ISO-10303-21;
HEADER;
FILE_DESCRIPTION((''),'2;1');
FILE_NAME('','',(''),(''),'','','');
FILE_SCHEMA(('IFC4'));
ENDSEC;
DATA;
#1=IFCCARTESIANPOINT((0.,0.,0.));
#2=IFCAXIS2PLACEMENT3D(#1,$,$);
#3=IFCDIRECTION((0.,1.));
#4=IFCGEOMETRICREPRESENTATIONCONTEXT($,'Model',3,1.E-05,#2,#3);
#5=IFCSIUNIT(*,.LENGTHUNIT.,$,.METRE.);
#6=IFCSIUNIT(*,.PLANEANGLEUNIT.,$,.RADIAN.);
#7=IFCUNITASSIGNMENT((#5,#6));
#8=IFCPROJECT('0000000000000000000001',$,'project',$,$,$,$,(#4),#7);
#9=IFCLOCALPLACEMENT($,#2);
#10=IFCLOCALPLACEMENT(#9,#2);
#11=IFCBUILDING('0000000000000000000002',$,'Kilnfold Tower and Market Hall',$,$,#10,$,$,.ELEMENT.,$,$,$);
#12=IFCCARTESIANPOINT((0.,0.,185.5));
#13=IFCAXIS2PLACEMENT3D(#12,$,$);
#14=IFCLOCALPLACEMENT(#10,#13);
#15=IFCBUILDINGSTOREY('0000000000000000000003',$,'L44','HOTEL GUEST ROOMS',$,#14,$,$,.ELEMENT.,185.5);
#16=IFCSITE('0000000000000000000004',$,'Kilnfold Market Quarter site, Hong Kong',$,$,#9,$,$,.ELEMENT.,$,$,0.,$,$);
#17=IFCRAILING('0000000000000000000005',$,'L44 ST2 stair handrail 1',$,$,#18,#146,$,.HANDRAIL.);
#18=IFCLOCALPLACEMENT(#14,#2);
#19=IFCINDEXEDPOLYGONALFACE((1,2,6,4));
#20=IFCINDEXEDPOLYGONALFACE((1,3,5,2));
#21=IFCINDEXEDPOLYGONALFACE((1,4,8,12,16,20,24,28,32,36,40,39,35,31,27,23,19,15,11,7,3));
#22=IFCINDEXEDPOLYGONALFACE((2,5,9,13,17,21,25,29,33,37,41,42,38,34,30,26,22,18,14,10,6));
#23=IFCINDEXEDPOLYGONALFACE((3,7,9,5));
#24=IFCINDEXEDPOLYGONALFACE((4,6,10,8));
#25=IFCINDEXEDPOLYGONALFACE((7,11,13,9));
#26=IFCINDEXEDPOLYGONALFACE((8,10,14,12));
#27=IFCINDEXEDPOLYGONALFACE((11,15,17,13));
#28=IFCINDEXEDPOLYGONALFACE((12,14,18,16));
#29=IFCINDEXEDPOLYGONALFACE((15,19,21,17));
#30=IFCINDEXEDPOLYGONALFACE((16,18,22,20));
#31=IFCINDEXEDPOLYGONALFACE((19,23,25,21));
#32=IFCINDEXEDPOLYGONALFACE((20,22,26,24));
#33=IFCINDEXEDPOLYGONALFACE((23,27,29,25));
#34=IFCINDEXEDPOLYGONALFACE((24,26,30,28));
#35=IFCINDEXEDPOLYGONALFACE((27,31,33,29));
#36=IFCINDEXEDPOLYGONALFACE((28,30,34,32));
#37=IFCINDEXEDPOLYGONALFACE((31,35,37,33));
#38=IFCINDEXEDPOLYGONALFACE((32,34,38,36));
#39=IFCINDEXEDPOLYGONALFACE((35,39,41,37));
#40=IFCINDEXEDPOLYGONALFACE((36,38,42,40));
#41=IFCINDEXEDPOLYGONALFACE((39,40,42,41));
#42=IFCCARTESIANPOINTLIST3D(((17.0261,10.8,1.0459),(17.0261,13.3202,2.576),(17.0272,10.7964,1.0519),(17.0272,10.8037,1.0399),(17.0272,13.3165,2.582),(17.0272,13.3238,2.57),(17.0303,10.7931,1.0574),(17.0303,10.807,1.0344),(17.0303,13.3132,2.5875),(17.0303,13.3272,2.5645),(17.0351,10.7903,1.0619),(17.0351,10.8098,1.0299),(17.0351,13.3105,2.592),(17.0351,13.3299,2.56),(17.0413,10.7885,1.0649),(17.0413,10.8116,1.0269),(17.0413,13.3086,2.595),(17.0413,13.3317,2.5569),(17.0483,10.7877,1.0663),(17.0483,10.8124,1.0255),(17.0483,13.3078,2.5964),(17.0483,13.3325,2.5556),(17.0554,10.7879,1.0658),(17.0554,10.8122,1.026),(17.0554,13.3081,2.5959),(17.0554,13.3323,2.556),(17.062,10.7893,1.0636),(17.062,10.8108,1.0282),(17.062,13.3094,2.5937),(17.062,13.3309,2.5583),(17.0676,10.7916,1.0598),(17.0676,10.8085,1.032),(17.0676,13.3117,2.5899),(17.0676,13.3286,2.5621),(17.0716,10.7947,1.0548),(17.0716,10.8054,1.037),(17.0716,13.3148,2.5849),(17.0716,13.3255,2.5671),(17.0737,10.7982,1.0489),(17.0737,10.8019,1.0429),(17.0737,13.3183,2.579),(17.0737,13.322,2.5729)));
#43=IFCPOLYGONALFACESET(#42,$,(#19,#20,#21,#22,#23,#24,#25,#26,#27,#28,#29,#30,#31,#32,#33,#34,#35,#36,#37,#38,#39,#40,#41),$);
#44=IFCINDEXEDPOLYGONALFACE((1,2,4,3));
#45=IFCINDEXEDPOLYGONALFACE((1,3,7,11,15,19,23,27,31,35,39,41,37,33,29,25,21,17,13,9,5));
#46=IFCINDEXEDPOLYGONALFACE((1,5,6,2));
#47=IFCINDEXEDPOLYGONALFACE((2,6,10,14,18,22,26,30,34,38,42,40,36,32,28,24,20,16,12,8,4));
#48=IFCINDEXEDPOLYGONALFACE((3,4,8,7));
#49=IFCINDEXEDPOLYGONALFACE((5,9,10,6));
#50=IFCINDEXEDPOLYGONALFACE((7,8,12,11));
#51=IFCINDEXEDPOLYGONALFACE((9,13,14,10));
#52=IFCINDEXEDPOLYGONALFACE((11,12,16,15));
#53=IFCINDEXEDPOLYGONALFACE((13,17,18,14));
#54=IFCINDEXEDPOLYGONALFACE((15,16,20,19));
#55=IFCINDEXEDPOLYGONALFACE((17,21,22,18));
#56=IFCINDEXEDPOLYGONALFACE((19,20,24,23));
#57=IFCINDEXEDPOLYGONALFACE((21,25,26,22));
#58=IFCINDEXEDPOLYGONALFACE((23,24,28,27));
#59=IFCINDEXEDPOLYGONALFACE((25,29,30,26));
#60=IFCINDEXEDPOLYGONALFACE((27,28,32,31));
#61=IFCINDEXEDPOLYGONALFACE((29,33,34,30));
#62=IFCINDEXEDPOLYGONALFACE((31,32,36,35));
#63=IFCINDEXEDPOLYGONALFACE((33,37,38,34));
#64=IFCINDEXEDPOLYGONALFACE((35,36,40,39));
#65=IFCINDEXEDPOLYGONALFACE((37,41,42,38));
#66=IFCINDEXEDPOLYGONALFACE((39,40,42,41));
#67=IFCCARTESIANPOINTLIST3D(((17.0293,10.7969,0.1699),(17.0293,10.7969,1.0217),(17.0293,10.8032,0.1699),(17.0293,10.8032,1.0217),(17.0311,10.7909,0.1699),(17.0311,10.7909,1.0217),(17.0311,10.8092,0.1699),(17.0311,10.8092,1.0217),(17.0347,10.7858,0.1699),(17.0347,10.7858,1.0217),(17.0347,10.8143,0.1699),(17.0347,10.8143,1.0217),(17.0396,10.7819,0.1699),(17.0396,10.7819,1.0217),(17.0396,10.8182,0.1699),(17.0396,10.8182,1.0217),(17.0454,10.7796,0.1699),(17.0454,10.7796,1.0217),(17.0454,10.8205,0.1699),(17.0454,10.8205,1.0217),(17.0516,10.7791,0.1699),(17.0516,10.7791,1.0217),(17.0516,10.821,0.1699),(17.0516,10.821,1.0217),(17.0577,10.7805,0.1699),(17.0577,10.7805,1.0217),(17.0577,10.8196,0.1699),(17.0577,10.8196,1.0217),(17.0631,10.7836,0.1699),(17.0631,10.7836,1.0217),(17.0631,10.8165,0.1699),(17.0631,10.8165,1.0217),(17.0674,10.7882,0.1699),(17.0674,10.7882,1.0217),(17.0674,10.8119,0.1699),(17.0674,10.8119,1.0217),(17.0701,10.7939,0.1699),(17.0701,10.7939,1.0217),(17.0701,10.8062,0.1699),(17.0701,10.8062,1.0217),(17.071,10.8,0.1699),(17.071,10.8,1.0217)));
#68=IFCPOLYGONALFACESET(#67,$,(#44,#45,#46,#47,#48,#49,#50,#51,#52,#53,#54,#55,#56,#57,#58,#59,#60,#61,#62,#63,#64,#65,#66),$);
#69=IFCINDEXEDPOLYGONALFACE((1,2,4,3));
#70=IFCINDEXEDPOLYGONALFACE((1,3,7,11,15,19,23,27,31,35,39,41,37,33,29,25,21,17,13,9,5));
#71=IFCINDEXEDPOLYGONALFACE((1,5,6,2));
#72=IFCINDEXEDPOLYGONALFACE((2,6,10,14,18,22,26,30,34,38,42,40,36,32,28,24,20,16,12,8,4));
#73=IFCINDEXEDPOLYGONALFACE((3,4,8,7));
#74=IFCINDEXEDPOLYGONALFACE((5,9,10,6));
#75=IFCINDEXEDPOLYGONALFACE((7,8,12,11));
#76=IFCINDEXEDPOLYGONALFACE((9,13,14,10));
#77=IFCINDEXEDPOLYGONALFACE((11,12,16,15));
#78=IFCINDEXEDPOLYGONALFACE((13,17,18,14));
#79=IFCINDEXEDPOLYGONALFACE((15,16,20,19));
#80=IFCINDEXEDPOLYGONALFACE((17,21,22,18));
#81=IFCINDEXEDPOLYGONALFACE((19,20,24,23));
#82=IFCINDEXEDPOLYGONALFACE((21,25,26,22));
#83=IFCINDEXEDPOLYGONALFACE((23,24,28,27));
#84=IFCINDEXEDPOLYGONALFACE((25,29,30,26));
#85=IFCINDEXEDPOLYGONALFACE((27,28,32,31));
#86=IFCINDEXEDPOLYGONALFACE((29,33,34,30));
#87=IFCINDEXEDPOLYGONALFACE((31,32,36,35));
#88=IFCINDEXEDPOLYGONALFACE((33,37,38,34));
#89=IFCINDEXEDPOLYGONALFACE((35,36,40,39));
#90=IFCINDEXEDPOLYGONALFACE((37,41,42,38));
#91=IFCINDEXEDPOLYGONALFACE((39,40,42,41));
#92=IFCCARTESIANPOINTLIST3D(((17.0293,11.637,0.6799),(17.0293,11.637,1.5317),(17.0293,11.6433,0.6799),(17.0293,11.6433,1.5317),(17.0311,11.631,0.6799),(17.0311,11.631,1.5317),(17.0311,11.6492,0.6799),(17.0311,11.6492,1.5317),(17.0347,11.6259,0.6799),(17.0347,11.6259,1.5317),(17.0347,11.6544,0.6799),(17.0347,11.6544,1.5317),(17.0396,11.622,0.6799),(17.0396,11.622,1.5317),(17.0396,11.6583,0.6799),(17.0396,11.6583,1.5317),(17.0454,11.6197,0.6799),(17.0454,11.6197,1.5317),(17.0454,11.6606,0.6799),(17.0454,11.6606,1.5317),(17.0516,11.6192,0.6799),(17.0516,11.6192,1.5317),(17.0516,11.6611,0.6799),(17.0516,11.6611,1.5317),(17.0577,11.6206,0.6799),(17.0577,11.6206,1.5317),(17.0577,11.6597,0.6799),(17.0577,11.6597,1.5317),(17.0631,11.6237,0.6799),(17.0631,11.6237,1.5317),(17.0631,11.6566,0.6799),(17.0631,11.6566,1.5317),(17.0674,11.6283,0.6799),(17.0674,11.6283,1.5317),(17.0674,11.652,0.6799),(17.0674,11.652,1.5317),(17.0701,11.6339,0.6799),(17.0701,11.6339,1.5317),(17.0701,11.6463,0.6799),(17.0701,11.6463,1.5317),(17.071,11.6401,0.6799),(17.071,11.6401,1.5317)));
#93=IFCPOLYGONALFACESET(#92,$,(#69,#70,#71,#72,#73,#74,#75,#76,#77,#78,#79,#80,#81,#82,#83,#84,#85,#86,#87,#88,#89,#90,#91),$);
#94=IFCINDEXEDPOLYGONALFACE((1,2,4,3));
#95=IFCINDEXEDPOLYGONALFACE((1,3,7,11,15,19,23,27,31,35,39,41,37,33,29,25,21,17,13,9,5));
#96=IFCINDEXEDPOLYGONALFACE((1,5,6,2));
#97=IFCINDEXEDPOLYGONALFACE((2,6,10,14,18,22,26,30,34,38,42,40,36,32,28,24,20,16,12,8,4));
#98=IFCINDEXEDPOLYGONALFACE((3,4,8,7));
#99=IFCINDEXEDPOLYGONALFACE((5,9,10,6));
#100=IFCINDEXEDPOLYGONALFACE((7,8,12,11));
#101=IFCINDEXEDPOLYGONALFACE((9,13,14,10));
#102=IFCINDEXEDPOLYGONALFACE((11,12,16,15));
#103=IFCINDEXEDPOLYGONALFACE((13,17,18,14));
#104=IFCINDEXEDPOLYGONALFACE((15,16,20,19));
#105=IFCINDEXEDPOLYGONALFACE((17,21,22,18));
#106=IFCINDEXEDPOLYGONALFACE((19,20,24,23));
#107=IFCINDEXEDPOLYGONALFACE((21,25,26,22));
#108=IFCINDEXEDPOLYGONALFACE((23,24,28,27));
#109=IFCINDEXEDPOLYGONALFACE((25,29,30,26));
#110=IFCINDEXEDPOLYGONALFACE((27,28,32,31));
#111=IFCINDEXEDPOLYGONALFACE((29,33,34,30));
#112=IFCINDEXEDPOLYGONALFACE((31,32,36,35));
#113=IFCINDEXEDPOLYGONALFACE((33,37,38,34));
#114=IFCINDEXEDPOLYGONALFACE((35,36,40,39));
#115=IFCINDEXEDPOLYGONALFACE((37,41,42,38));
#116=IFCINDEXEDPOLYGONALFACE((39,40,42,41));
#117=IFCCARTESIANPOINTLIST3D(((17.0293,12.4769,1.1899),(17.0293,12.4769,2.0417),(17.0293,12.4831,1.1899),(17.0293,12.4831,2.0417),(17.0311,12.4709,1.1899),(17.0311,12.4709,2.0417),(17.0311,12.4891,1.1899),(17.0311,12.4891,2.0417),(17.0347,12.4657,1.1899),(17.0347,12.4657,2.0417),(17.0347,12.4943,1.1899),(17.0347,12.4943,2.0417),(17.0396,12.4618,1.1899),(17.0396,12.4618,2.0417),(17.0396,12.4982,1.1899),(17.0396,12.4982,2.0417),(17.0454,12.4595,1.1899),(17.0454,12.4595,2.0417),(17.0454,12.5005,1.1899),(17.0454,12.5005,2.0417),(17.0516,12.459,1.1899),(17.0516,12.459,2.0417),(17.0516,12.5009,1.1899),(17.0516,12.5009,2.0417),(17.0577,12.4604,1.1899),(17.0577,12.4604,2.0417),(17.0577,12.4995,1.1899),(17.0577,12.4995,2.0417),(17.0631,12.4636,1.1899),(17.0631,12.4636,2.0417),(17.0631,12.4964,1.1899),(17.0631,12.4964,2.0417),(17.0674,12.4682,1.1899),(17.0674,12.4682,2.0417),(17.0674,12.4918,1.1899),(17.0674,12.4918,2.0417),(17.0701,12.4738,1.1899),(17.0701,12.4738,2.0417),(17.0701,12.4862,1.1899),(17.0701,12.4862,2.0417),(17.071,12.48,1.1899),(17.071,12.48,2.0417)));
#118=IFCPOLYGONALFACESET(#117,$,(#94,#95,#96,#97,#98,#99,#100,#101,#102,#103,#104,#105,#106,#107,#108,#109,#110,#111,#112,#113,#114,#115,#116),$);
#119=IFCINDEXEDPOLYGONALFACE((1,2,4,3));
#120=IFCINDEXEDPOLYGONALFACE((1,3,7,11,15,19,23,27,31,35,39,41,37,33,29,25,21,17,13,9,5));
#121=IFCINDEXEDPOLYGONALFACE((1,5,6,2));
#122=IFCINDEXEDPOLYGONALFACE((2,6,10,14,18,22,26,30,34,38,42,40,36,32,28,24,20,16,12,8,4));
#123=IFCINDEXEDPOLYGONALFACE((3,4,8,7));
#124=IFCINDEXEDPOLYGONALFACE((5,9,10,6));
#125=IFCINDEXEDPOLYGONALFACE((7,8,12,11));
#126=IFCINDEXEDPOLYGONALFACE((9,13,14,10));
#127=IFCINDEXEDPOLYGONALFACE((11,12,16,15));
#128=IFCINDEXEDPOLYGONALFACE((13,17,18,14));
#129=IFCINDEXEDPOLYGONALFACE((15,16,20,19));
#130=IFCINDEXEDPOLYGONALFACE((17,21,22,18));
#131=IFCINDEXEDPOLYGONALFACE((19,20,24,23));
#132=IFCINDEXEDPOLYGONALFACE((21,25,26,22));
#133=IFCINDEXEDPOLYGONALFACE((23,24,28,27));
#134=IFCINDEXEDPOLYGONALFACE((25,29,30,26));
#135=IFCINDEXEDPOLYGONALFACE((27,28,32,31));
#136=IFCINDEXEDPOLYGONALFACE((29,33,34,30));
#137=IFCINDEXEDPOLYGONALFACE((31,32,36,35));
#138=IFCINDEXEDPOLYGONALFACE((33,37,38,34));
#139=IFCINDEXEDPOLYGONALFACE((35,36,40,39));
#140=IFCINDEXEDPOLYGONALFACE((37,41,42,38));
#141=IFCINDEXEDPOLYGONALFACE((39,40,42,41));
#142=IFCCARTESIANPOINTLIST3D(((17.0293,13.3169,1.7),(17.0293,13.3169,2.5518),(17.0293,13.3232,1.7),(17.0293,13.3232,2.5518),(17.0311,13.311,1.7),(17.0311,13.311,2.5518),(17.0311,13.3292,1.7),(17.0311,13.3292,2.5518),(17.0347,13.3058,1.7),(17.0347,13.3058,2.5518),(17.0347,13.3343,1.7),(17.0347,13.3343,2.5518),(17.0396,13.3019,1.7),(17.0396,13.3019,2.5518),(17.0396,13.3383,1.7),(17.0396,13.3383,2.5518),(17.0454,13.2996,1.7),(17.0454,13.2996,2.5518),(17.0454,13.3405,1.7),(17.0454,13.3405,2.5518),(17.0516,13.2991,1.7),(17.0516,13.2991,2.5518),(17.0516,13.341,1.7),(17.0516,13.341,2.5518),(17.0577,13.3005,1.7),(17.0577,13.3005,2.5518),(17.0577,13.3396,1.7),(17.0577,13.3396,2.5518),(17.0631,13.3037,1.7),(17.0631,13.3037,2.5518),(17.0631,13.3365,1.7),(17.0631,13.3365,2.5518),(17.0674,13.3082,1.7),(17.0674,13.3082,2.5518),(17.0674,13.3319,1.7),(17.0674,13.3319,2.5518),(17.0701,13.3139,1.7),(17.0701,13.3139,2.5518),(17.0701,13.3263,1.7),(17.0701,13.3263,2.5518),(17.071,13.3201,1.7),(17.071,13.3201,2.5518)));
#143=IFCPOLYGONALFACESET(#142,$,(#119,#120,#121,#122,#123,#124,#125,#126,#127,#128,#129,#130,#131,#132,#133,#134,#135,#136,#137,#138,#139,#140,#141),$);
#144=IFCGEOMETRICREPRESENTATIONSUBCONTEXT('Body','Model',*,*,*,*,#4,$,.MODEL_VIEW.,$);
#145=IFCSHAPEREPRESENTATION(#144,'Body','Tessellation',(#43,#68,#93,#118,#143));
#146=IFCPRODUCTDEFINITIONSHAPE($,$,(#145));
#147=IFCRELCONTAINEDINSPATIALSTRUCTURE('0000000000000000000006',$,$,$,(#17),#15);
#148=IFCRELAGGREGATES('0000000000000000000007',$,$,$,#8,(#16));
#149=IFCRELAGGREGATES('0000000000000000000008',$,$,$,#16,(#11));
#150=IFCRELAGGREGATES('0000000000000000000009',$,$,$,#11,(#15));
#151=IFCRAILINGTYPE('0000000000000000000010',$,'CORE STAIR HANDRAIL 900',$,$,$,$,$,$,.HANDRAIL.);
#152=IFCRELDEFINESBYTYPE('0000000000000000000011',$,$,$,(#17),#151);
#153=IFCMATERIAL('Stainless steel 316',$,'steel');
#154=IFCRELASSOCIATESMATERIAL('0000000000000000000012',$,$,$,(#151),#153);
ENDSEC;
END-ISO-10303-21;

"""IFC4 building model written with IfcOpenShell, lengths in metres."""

from ifc_helpers import new_model, si_unit, direction, frame, origin, origin_2d, place, context, subcontext, project, spatial, circle, extrude, material, type_object, element, save


model = new_model("IFC4")

# Units and contexts
model_context = context("Model", 3, precision=1e-05, world=origin(), true_north=direction((0.0, 1.0)))
body_context = subcontext(model_context, "Body", "Model", "MODEL_VIEW")
ifc_project = project(units=[si_unit("LENGTHUNIT", "METRE"), si_unit("PLANEANGLEUNIT", "RADIAN")], contexts=[model_context])

# Site, building, storey
site_placement = place(None, origin())
site = spatial("IfcSite", under=ifc_project, at=site_placement, Name="Kilnfold Market Quarter site, Hong Kong", CompositionType="ELEMENT", RefElevation=0.0)
building_placement = place(site_placement, origin())
building = spatial("IfcBuilding", under=site, at=building_placement, Name="Kilnfold Tower and Market Hall", CompositionType="ELEMENT")
storey_placement = place(building_placement, frame((0.0, 0.0, 185.5)))
storey = spatial("IfcBuildingStorey", under=building, at=storey_placement, Name="L44", Description="HOTEL GUEST ROOMS", CompositionType="ELEMENT", Elevation=185.5)

# Railing
ifc_material_1 = material(Name="Stainless steel 316", Category="steel")
railing_type_1 = type_object("IfcRailingType", Name="CORE STAIR HANDRAIL 900", PredefinedType="HANDRAIL", material=ifc_material_1)
for number, where, name in (
    (1, (17.05, 10.8, 0.1699), "L44 ST2 stair handrail 1"),
):
    element("IfcRailing", number, at=place(storey_placement, frame(where)), inside=storey, type_object=railing_type_1, Name=name, PredefinedType="HANDRAIL", context=body_context, shape_type="SweptSolid", body=[
        extrude(circle(Radius=0.0239, at=origin_2d()), frame((0.0, 0.0, 0.876), z_axis=(0.0, 0.854785, 0.518982), x_axis=(-1.0, 0.0, 0.0)), (0.0, 0.0, 1.0), 2.9482),
        extrude(circle(Radius=0.021, at=origin_2d()), origin(), (0.0, 0.0, 1.0), 0.8518),
        extrude(circle(Radius=0.021, at=origin_2d()), frame((0.0, 0.8401, 0.51)), (0.0, 0.0, 1.0), 0.8518),
        extrude(circle(Radius=0.021, at=origin_2d()), frame((0.0, 1.6799, 1.02)), (0.0, 0.0, 1.0), 0.8518),
        extrude(circle(Radius=0.021, at=origin_2d()), frame((0.0, 2.52, 1.53)), (0.0, 0.0, 1.0), 0.8518),
    ])

save(model, "model.ifc")
